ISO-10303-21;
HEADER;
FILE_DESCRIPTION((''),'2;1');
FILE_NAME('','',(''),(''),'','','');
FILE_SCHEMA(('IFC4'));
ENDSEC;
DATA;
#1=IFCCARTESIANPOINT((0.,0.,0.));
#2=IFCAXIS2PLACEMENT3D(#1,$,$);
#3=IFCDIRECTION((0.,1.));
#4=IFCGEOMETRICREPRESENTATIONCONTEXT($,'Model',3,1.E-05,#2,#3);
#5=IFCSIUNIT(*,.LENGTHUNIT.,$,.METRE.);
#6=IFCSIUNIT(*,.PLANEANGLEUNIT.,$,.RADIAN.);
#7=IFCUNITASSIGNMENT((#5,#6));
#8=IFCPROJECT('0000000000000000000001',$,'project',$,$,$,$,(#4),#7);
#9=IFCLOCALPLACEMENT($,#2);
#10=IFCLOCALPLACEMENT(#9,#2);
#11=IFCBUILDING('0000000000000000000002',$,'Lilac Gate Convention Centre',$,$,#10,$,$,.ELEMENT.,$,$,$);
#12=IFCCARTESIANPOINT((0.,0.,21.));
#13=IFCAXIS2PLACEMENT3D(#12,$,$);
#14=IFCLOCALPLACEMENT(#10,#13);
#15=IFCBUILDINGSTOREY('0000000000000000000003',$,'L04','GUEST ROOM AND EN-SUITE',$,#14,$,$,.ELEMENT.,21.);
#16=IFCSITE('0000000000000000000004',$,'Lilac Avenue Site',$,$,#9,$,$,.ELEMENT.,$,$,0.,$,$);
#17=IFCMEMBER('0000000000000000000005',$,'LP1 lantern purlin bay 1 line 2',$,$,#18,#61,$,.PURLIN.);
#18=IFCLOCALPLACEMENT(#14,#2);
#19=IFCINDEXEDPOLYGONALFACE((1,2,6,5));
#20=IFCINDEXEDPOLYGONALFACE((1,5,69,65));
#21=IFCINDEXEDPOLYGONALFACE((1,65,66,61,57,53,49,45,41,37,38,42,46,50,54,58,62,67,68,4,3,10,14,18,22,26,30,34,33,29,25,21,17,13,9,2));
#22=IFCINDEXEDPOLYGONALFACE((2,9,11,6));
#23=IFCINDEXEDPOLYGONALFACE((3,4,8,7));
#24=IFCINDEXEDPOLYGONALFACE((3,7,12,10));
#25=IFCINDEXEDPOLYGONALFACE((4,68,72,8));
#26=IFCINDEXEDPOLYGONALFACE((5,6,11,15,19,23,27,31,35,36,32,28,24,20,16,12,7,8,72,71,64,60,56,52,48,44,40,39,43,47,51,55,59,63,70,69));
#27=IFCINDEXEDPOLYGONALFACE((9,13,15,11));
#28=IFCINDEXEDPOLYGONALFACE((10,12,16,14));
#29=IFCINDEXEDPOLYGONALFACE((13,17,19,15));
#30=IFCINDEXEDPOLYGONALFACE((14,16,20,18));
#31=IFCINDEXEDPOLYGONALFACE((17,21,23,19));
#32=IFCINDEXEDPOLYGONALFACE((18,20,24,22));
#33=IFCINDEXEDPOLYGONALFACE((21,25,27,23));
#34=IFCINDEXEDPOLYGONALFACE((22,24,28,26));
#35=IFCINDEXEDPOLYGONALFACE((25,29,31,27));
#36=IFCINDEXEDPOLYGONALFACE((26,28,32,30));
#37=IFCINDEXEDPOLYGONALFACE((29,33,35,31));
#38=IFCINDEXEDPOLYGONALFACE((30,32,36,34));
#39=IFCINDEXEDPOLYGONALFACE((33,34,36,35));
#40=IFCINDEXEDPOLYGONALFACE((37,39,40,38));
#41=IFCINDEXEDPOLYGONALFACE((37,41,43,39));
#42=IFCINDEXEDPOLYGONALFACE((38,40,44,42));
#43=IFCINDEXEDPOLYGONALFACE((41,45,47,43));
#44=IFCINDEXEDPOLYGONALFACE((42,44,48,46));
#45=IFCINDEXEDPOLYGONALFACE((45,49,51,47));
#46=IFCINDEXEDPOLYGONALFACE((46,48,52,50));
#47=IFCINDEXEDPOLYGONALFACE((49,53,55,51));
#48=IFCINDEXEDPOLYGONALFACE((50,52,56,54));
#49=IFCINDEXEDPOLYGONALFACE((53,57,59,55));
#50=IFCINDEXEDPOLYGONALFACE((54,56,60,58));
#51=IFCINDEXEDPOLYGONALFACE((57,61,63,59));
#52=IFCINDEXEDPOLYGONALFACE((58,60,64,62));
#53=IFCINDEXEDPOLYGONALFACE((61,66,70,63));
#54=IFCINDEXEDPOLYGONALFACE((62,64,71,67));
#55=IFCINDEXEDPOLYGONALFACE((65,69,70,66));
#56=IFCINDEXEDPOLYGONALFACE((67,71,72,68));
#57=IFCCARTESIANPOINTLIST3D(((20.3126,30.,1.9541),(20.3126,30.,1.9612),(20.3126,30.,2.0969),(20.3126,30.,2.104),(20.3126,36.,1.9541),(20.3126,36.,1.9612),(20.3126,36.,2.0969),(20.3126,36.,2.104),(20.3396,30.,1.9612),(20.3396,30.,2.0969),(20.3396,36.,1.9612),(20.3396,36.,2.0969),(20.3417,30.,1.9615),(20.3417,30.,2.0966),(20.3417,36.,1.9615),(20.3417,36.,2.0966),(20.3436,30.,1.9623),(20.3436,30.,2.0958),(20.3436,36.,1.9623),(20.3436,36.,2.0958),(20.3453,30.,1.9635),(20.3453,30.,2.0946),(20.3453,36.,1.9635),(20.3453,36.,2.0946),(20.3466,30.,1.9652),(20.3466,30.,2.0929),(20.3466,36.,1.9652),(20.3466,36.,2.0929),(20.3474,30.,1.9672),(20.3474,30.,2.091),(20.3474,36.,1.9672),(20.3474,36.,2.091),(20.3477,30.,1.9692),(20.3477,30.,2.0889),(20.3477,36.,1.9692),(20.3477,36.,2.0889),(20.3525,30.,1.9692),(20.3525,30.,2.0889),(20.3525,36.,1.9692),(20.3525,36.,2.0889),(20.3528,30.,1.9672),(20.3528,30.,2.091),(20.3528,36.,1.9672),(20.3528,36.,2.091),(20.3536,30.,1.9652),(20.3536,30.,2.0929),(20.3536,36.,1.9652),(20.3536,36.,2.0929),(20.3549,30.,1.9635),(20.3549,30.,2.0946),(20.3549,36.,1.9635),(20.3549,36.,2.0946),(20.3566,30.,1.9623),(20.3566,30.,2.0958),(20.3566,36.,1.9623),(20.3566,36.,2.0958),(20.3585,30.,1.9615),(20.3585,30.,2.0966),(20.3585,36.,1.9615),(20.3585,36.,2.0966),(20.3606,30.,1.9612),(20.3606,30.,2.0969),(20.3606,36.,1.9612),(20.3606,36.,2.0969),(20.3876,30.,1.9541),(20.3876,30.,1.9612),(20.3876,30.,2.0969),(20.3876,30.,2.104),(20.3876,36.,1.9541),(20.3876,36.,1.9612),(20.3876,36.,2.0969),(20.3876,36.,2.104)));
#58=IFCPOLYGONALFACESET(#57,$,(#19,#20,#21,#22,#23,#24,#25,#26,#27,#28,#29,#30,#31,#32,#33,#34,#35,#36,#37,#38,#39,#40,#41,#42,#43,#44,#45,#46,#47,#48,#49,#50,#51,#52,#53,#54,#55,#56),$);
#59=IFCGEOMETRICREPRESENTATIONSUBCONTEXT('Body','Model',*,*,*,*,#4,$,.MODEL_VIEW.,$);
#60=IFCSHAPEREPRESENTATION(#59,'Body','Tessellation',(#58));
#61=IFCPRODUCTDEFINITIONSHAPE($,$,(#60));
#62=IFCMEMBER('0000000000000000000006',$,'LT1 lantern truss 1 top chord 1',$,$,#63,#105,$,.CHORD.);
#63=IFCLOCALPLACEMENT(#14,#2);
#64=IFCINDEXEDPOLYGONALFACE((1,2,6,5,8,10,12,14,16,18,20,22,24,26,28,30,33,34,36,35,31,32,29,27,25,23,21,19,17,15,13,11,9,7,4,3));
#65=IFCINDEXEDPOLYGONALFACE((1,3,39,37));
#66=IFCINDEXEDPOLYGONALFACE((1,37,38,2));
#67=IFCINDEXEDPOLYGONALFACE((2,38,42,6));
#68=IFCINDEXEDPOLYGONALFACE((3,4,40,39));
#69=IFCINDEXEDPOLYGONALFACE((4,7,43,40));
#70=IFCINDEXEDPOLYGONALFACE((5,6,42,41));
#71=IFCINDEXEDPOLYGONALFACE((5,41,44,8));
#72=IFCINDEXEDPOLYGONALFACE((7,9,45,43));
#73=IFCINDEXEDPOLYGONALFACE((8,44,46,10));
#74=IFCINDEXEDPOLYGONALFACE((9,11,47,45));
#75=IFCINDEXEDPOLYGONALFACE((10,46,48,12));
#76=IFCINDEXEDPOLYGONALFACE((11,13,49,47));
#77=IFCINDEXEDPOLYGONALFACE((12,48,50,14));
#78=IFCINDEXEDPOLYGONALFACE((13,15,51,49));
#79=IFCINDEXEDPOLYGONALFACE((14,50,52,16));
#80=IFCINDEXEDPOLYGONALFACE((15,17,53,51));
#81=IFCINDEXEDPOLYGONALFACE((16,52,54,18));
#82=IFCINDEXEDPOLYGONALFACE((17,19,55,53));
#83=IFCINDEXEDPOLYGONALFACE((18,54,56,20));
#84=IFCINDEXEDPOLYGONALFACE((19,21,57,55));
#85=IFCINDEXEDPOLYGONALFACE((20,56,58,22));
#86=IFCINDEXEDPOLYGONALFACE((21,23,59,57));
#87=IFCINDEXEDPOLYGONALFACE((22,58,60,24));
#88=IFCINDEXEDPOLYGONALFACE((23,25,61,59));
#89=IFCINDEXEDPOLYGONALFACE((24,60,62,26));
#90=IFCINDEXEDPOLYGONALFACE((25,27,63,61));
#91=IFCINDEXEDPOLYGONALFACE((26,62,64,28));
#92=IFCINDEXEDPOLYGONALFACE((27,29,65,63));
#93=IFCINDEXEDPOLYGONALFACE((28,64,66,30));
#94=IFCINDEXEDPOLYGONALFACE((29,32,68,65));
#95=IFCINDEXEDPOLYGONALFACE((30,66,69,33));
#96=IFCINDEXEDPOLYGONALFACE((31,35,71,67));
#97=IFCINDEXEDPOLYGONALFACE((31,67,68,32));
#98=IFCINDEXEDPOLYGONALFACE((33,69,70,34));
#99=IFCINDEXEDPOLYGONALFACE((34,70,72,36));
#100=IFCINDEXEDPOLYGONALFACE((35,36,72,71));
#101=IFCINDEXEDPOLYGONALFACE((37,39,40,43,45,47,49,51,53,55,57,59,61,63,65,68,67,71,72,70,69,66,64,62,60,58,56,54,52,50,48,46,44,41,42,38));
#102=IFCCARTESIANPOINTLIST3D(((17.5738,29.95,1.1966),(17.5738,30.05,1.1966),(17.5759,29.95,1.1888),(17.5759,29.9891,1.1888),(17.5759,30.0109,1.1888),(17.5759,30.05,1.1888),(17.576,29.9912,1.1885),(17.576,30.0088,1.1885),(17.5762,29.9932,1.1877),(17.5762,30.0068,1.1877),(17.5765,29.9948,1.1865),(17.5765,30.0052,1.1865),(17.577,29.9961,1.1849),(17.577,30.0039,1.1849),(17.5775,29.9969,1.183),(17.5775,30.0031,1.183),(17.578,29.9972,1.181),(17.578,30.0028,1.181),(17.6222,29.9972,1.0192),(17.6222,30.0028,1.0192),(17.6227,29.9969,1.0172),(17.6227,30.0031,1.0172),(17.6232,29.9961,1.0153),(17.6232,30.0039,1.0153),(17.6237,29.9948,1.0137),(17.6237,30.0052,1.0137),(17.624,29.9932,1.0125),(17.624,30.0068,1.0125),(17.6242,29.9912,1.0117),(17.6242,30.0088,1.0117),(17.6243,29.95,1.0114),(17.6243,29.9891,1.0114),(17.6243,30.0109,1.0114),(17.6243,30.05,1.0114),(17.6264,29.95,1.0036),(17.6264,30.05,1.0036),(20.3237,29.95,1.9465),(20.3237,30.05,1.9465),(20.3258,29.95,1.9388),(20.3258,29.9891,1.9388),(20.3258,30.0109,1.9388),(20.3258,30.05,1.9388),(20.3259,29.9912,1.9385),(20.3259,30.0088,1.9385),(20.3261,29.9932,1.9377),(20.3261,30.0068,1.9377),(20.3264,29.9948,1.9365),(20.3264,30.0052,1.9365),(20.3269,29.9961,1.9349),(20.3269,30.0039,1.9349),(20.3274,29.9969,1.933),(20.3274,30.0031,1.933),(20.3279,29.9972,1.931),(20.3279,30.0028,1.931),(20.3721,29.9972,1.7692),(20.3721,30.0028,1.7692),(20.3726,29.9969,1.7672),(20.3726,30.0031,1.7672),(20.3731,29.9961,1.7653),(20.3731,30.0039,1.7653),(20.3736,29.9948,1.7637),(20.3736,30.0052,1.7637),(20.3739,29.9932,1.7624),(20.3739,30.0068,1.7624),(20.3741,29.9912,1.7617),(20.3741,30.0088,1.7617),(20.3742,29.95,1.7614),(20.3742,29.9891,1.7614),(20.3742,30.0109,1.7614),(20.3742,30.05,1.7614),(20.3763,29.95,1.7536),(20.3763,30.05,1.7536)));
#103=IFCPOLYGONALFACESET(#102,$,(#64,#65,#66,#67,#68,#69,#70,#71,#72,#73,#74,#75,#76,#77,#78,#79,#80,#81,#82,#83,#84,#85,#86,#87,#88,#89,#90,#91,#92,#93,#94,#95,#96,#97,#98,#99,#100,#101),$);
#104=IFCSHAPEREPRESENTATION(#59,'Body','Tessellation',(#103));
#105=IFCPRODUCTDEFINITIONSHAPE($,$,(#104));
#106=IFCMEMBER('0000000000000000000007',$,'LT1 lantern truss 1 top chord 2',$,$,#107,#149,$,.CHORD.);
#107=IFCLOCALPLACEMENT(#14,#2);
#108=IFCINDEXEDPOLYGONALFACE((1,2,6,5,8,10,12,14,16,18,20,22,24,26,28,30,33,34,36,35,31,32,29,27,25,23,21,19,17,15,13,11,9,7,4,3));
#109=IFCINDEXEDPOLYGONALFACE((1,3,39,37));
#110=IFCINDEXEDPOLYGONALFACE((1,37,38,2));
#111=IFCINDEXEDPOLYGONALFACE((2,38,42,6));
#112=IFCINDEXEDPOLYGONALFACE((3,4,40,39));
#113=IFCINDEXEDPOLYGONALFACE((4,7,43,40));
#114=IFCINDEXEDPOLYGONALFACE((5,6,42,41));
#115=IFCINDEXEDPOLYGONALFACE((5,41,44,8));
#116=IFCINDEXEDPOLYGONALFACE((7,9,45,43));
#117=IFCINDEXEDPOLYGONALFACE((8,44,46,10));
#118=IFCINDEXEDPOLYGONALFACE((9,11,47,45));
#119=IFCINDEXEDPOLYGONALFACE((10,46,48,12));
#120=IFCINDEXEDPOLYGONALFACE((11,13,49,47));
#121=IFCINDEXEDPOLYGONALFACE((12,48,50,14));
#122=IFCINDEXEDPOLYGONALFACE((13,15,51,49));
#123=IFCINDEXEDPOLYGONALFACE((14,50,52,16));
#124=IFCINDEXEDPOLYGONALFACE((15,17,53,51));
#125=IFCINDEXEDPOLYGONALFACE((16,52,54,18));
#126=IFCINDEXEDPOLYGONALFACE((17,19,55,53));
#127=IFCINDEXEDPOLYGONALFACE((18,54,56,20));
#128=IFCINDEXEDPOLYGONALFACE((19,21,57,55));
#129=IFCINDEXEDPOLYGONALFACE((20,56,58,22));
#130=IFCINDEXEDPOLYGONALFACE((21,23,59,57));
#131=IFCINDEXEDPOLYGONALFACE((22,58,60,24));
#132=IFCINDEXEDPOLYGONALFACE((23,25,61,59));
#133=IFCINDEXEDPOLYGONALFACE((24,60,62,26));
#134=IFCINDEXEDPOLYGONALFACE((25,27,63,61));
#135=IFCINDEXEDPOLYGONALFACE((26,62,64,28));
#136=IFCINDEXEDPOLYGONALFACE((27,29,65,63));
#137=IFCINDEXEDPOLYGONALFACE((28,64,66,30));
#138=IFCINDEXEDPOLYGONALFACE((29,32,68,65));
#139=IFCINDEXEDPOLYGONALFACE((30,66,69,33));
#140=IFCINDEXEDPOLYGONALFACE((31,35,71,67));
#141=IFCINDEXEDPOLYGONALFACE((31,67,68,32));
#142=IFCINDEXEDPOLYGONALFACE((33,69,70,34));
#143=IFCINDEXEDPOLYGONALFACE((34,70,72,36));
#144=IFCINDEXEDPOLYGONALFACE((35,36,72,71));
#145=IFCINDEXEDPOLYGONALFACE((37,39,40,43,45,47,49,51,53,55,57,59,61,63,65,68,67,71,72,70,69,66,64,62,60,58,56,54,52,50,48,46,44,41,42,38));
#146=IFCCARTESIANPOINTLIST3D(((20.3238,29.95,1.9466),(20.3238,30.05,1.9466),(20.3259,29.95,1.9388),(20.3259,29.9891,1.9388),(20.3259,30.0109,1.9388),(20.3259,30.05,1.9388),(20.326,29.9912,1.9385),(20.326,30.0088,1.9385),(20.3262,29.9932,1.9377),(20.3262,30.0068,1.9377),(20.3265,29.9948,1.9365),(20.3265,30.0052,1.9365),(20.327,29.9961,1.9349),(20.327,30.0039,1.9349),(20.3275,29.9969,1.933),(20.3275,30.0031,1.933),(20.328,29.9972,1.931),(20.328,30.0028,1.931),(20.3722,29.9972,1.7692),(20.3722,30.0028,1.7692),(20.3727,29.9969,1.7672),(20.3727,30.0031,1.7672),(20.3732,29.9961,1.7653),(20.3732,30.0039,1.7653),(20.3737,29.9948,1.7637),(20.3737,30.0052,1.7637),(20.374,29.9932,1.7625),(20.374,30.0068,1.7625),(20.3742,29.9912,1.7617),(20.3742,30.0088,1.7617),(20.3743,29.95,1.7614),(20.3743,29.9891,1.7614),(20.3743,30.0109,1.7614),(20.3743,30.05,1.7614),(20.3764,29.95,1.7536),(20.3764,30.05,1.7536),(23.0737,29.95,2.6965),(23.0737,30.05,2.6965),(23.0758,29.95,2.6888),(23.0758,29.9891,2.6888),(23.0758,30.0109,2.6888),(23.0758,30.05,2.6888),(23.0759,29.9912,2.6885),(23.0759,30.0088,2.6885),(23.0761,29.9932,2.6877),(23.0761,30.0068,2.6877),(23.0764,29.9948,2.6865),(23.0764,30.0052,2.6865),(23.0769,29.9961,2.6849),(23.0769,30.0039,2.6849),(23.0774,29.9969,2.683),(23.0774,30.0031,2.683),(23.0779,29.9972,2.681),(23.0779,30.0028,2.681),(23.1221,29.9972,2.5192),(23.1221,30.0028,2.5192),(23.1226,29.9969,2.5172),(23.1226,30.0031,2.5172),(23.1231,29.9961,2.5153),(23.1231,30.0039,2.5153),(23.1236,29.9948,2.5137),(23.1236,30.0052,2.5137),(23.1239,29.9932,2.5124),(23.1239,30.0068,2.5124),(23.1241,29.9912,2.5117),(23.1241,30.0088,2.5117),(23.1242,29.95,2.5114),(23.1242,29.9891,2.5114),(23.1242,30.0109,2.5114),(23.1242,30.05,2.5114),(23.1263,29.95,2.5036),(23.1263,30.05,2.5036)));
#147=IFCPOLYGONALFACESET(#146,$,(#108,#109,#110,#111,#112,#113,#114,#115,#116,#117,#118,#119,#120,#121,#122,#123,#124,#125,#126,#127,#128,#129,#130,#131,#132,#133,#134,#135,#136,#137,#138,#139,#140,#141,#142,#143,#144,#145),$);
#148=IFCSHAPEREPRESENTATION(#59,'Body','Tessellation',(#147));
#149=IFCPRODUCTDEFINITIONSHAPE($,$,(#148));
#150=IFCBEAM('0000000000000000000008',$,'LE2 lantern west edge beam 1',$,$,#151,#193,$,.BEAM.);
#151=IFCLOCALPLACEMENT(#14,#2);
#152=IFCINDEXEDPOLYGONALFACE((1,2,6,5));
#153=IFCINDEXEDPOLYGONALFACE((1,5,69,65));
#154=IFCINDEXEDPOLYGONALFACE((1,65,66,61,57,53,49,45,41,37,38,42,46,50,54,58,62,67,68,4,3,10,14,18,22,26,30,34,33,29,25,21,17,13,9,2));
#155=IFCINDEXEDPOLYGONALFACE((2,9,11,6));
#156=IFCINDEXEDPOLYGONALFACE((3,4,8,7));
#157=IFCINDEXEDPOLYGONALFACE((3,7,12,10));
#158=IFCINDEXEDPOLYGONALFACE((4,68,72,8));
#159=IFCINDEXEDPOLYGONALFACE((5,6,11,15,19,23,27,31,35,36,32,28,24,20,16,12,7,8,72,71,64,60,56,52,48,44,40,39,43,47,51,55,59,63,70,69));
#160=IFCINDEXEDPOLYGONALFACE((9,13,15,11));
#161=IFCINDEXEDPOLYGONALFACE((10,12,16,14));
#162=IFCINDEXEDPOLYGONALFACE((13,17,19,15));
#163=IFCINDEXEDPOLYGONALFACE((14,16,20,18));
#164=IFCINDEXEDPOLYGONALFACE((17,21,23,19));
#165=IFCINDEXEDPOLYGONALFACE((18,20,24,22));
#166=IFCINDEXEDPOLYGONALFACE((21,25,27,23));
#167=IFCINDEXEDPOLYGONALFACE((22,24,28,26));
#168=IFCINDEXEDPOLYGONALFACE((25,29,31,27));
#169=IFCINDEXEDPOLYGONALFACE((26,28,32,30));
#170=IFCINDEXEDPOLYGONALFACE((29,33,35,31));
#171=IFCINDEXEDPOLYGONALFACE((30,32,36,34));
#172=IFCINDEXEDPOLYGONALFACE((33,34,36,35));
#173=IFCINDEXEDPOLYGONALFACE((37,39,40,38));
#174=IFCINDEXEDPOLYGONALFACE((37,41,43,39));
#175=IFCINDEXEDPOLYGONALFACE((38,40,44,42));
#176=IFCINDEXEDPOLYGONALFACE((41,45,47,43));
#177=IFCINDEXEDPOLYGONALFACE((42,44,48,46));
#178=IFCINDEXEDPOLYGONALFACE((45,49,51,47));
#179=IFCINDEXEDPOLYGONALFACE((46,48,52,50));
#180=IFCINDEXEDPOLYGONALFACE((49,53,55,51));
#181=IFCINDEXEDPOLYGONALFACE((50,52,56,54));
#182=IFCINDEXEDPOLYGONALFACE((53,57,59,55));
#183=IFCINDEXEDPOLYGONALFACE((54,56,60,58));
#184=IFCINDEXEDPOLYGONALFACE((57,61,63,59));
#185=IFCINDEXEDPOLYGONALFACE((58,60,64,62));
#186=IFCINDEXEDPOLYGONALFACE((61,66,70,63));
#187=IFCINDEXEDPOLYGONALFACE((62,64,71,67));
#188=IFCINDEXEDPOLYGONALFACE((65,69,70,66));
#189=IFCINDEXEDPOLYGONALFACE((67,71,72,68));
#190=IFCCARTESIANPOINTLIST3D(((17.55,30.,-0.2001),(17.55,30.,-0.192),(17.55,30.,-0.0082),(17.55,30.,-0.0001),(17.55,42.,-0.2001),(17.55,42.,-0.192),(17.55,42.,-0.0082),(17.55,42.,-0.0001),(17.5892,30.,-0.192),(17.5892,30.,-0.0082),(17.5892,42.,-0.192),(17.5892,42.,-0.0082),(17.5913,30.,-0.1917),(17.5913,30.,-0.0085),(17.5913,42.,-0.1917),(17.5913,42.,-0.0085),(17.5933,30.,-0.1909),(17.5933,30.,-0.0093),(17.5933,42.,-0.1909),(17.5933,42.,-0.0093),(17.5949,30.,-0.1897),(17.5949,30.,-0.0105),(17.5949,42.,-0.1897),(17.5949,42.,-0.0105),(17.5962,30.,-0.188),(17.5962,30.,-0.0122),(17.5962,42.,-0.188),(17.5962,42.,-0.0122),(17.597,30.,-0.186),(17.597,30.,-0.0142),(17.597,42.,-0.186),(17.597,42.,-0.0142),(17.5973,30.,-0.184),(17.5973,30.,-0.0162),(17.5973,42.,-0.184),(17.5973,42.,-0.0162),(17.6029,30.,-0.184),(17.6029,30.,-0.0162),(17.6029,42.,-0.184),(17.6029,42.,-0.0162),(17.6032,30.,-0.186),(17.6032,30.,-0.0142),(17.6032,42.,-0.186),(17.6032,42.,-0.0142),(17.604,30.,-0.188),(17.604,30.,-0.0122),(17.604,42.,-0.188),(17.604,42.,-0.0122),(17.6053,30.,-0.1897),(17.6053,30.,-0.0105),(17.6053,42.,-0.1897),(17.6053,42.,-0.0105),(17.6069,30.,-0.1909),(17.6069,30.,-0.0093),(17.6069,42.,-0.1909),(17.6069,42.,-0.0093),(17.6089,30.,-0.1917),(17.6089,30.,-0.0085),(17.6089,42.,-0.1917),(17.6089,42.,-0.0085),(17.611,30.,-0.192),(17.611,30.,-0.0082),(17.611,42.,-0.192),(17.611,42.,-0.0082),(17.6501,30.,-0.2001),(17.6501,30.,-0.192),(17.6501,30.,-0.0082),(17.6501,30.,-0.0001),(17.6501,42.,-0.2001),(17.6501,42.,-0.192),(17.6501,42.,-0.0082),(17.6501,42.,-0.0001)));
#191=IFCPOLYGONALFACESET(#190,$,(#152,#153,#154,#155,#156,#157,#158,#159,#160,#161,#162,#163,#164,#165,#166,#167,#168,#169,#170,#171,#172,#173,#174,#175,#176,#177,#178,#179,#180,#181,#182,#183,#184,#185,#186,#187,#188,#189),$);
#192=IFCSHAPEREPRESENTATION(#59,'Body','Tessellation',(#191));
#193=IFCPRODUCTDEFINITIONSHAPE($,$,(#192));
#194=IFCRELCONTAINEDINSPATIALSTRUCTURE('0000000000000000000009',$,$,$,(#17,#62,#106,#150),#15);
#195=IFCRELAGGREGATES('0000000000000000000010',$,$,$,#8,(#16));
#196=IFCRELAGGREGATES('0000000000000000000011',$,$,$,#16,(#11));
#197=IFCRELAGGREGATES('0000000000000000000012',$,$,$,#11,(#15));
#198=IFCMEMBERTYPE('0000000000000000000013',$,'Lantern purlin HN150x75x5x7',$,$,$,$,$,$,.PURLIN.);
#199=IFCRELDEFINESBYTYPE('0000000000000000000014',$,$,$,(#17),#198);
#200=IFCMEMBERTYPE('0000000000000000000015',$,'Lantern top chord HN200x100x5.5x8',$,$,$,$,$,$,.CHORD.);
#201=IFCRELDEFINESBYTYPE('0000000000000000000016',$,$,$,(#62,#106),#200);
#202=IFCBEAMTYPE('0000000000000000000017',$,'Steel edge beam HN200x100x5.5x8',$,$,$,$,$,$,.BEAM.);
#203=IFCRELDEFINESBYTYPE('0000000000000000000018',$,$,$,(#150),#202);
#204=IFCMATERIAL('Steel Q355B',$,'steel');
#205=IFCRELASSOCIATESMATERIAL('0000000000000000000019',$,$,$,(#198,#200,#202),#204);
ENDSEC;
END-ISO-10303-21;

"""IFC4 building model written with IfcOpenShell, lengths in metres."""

from ifc_helpers import new_model, si_unit, direction, frame, origin, origin_2d, place, context, subcontext, project, spatial, i_section, extrude, material, material_profile, profile_set, type_object, element, save


model = new_model("IFC4")

# Units and contexts
model_context = context("Model", 3, precision=1e-05, world=origin(), true_north=direction((0.0, 1.0)))
body_context = subcontext(model_context, "Body", "Model", "MODEL_VIEW")
ifc_project = project(units=[si_unit("LENGTHUNIT", "METRE"), si_unit("PLANEANGLEUNIT", "RADIAN")], contexts=[model_context])

# Site, building, storey
site_placement = place(None, origin())
site = spatial("IfcSite", under=ifc_project, at=site_placement, Name="Lilac Avenue Site", CompositionType="ELEMENT", RefElevation=0.0)
building_placement = place(site_placement, origin())
building = spatial("IfcBuilding", under=site, at=building_placement, Name="Lilac Gate Convention Centre", CompositionType="ELEMENT")
storey_placement = place(building_placement, frame((0.0, 0.0, 21.0)))
storey = spatial("IfcBuildingStorey", under=building, at=storey_placement, Name="L04", Description="GUEST ROOM AND EN-SUITE", CompositionType="ELEMENT", Elevation=21.0)

# Members
ifc_material_1 = material(Name="Steel Q355B", Category="steel")
ifc_material_profile_1 = material_profile(ifc_material_1, i_section(OverallWidth=0.075, OverallDepth=0.1499, WebThickness=0.0049, FlangeThickness=0.0071, FilletRadius=0.0081, at=origin_2d()), Name="HN150x75x5x7")
ifc_profile_set_1 = profile_set([ifc_material_profile_1], Name="Steel Q355B")
member_type_1 = type_object("IfcMemberType", Name="Lantern purlin HN150x75x5x7", PredefinedType="PURLIN", material=ifc_profile_set_1)
for number, where, z_axis, x_axis, name in (
    (1, (20.3501, 30.0, 2.0291), (0.0, 1.0, 0.0), (-1.0, 0.0, 0.0), "LP1 lantern purlin bay 1 line 2"),
):
    element("IfcMember", number, at=place(storey_placement, frame(where, z_axis=z_axis, x_axis=x_axis)), inside=storey, type_object=member_type_1, Name=name, PredefinedType="PURLIN", context=body_context, shape_type="SweptSolid", body=[
        extrude(i_section(OverallWidth=0.075, OverallDepth=0.1499, WebThickness=0.0049, FlangeThickness=0.0071, FilletRadius=0.0081, at=origin_2d()), origin(), (0.0, 0.0, 1.0), 6.0),
    ])
ifc_material_profile_2 = material_profile(ifc_material_1, i_section(OverallWidth=0.1001, OverallDepth=0.2, WebThickness=0.0056, FlangeThickness=0.0081, FilletRadius=0.0081, at=origin_2d()), Name="HN200x100x5.5x8")
ifc_profile_set_2 = profile_set([ifc_material_profile_2], Name="Steel Q355B")
member_type_2 = type_object("IfcMemberType", Name="Lantern top chord HN200x100x5.5x8", PredefinedType="CHORD", material=ifc_profile_set_2)
for number, where, z_axis, x_axis, name in (
    (2, (17.6001, 30.0, 1.1001), (0.964764, 0.0, 0.263117), (0.0, 1.0, 0.0), "LT1 lantern truss 1 top chord 1"),
    (3, (20.3501, 30.0, 1.8501), (0.964764, 0.0, 0.263117), (0.0, 1.0, 0.0), "LT1 lantern truss 1 top chord 2"),
):
    element("IfcMember", number, at=place(storey_placement, frame(where, z_axis=z_axis, x_axis=x_axis)), inside=storey, type_object=member_type_2, Name=name, PredefinedType="CHORD", context=body_context, shape_type="SweptSolid", body=[
        extrude(i_section(OverallWidth=0.1001, OverallDepth=0.2, WebThickness=0.0056, FlangeThickness=0.0081, FilletRadius=0.0081, at=origin_2d()), origin(), (0.0, 0.0, 1.0), 2.8503),
    ])

# Beam
ifc_material_profile_3 = material_profile(ifc_material_1, i_section(OverallWidth=0.1001, OverallDepth=0.2, WebThickness=0.0056, FlangeThickness=0.0081, FilletRadius=0.0081, at=origin_2d()), Name="HN200x100x5.5x8")
ifc_profile_set_3 = profile_set([ifc_material_profile_3], Name="Steel Q355B")
beam_type_1 = type_object("IfcBeamType", Name="Steel edge beam HN200x100x5.5x8", PredefinedType="BEAM", material=ifc_profile_set_3)
beam_1_placement = place(storey_placement, frame((17.6001, 30.0, -0.1001), z_axis=(0.0, 1.0, 0.0), x_axis=(-1.0, 0.0, 0.0)))
element("IfcBeam", 4, at=beam_1_placement, inside=storey, type_object=beam_type_1, Name="LE2 lantern west edge beam 1", PredefinedType="BEAM", context=body_context, shape_type="SweptSolid", body=[
    extrude(i_section(OverallWidth=0.1001, OverallDepth=0.2, WebThickness=0.0056, FlangeThickness=0.0081, FilletRadius=0.0081, at=origin_2d()), origin(), (0.0, 0.0, 1.0), 12.0),
])

save(model, "model.ifc")
